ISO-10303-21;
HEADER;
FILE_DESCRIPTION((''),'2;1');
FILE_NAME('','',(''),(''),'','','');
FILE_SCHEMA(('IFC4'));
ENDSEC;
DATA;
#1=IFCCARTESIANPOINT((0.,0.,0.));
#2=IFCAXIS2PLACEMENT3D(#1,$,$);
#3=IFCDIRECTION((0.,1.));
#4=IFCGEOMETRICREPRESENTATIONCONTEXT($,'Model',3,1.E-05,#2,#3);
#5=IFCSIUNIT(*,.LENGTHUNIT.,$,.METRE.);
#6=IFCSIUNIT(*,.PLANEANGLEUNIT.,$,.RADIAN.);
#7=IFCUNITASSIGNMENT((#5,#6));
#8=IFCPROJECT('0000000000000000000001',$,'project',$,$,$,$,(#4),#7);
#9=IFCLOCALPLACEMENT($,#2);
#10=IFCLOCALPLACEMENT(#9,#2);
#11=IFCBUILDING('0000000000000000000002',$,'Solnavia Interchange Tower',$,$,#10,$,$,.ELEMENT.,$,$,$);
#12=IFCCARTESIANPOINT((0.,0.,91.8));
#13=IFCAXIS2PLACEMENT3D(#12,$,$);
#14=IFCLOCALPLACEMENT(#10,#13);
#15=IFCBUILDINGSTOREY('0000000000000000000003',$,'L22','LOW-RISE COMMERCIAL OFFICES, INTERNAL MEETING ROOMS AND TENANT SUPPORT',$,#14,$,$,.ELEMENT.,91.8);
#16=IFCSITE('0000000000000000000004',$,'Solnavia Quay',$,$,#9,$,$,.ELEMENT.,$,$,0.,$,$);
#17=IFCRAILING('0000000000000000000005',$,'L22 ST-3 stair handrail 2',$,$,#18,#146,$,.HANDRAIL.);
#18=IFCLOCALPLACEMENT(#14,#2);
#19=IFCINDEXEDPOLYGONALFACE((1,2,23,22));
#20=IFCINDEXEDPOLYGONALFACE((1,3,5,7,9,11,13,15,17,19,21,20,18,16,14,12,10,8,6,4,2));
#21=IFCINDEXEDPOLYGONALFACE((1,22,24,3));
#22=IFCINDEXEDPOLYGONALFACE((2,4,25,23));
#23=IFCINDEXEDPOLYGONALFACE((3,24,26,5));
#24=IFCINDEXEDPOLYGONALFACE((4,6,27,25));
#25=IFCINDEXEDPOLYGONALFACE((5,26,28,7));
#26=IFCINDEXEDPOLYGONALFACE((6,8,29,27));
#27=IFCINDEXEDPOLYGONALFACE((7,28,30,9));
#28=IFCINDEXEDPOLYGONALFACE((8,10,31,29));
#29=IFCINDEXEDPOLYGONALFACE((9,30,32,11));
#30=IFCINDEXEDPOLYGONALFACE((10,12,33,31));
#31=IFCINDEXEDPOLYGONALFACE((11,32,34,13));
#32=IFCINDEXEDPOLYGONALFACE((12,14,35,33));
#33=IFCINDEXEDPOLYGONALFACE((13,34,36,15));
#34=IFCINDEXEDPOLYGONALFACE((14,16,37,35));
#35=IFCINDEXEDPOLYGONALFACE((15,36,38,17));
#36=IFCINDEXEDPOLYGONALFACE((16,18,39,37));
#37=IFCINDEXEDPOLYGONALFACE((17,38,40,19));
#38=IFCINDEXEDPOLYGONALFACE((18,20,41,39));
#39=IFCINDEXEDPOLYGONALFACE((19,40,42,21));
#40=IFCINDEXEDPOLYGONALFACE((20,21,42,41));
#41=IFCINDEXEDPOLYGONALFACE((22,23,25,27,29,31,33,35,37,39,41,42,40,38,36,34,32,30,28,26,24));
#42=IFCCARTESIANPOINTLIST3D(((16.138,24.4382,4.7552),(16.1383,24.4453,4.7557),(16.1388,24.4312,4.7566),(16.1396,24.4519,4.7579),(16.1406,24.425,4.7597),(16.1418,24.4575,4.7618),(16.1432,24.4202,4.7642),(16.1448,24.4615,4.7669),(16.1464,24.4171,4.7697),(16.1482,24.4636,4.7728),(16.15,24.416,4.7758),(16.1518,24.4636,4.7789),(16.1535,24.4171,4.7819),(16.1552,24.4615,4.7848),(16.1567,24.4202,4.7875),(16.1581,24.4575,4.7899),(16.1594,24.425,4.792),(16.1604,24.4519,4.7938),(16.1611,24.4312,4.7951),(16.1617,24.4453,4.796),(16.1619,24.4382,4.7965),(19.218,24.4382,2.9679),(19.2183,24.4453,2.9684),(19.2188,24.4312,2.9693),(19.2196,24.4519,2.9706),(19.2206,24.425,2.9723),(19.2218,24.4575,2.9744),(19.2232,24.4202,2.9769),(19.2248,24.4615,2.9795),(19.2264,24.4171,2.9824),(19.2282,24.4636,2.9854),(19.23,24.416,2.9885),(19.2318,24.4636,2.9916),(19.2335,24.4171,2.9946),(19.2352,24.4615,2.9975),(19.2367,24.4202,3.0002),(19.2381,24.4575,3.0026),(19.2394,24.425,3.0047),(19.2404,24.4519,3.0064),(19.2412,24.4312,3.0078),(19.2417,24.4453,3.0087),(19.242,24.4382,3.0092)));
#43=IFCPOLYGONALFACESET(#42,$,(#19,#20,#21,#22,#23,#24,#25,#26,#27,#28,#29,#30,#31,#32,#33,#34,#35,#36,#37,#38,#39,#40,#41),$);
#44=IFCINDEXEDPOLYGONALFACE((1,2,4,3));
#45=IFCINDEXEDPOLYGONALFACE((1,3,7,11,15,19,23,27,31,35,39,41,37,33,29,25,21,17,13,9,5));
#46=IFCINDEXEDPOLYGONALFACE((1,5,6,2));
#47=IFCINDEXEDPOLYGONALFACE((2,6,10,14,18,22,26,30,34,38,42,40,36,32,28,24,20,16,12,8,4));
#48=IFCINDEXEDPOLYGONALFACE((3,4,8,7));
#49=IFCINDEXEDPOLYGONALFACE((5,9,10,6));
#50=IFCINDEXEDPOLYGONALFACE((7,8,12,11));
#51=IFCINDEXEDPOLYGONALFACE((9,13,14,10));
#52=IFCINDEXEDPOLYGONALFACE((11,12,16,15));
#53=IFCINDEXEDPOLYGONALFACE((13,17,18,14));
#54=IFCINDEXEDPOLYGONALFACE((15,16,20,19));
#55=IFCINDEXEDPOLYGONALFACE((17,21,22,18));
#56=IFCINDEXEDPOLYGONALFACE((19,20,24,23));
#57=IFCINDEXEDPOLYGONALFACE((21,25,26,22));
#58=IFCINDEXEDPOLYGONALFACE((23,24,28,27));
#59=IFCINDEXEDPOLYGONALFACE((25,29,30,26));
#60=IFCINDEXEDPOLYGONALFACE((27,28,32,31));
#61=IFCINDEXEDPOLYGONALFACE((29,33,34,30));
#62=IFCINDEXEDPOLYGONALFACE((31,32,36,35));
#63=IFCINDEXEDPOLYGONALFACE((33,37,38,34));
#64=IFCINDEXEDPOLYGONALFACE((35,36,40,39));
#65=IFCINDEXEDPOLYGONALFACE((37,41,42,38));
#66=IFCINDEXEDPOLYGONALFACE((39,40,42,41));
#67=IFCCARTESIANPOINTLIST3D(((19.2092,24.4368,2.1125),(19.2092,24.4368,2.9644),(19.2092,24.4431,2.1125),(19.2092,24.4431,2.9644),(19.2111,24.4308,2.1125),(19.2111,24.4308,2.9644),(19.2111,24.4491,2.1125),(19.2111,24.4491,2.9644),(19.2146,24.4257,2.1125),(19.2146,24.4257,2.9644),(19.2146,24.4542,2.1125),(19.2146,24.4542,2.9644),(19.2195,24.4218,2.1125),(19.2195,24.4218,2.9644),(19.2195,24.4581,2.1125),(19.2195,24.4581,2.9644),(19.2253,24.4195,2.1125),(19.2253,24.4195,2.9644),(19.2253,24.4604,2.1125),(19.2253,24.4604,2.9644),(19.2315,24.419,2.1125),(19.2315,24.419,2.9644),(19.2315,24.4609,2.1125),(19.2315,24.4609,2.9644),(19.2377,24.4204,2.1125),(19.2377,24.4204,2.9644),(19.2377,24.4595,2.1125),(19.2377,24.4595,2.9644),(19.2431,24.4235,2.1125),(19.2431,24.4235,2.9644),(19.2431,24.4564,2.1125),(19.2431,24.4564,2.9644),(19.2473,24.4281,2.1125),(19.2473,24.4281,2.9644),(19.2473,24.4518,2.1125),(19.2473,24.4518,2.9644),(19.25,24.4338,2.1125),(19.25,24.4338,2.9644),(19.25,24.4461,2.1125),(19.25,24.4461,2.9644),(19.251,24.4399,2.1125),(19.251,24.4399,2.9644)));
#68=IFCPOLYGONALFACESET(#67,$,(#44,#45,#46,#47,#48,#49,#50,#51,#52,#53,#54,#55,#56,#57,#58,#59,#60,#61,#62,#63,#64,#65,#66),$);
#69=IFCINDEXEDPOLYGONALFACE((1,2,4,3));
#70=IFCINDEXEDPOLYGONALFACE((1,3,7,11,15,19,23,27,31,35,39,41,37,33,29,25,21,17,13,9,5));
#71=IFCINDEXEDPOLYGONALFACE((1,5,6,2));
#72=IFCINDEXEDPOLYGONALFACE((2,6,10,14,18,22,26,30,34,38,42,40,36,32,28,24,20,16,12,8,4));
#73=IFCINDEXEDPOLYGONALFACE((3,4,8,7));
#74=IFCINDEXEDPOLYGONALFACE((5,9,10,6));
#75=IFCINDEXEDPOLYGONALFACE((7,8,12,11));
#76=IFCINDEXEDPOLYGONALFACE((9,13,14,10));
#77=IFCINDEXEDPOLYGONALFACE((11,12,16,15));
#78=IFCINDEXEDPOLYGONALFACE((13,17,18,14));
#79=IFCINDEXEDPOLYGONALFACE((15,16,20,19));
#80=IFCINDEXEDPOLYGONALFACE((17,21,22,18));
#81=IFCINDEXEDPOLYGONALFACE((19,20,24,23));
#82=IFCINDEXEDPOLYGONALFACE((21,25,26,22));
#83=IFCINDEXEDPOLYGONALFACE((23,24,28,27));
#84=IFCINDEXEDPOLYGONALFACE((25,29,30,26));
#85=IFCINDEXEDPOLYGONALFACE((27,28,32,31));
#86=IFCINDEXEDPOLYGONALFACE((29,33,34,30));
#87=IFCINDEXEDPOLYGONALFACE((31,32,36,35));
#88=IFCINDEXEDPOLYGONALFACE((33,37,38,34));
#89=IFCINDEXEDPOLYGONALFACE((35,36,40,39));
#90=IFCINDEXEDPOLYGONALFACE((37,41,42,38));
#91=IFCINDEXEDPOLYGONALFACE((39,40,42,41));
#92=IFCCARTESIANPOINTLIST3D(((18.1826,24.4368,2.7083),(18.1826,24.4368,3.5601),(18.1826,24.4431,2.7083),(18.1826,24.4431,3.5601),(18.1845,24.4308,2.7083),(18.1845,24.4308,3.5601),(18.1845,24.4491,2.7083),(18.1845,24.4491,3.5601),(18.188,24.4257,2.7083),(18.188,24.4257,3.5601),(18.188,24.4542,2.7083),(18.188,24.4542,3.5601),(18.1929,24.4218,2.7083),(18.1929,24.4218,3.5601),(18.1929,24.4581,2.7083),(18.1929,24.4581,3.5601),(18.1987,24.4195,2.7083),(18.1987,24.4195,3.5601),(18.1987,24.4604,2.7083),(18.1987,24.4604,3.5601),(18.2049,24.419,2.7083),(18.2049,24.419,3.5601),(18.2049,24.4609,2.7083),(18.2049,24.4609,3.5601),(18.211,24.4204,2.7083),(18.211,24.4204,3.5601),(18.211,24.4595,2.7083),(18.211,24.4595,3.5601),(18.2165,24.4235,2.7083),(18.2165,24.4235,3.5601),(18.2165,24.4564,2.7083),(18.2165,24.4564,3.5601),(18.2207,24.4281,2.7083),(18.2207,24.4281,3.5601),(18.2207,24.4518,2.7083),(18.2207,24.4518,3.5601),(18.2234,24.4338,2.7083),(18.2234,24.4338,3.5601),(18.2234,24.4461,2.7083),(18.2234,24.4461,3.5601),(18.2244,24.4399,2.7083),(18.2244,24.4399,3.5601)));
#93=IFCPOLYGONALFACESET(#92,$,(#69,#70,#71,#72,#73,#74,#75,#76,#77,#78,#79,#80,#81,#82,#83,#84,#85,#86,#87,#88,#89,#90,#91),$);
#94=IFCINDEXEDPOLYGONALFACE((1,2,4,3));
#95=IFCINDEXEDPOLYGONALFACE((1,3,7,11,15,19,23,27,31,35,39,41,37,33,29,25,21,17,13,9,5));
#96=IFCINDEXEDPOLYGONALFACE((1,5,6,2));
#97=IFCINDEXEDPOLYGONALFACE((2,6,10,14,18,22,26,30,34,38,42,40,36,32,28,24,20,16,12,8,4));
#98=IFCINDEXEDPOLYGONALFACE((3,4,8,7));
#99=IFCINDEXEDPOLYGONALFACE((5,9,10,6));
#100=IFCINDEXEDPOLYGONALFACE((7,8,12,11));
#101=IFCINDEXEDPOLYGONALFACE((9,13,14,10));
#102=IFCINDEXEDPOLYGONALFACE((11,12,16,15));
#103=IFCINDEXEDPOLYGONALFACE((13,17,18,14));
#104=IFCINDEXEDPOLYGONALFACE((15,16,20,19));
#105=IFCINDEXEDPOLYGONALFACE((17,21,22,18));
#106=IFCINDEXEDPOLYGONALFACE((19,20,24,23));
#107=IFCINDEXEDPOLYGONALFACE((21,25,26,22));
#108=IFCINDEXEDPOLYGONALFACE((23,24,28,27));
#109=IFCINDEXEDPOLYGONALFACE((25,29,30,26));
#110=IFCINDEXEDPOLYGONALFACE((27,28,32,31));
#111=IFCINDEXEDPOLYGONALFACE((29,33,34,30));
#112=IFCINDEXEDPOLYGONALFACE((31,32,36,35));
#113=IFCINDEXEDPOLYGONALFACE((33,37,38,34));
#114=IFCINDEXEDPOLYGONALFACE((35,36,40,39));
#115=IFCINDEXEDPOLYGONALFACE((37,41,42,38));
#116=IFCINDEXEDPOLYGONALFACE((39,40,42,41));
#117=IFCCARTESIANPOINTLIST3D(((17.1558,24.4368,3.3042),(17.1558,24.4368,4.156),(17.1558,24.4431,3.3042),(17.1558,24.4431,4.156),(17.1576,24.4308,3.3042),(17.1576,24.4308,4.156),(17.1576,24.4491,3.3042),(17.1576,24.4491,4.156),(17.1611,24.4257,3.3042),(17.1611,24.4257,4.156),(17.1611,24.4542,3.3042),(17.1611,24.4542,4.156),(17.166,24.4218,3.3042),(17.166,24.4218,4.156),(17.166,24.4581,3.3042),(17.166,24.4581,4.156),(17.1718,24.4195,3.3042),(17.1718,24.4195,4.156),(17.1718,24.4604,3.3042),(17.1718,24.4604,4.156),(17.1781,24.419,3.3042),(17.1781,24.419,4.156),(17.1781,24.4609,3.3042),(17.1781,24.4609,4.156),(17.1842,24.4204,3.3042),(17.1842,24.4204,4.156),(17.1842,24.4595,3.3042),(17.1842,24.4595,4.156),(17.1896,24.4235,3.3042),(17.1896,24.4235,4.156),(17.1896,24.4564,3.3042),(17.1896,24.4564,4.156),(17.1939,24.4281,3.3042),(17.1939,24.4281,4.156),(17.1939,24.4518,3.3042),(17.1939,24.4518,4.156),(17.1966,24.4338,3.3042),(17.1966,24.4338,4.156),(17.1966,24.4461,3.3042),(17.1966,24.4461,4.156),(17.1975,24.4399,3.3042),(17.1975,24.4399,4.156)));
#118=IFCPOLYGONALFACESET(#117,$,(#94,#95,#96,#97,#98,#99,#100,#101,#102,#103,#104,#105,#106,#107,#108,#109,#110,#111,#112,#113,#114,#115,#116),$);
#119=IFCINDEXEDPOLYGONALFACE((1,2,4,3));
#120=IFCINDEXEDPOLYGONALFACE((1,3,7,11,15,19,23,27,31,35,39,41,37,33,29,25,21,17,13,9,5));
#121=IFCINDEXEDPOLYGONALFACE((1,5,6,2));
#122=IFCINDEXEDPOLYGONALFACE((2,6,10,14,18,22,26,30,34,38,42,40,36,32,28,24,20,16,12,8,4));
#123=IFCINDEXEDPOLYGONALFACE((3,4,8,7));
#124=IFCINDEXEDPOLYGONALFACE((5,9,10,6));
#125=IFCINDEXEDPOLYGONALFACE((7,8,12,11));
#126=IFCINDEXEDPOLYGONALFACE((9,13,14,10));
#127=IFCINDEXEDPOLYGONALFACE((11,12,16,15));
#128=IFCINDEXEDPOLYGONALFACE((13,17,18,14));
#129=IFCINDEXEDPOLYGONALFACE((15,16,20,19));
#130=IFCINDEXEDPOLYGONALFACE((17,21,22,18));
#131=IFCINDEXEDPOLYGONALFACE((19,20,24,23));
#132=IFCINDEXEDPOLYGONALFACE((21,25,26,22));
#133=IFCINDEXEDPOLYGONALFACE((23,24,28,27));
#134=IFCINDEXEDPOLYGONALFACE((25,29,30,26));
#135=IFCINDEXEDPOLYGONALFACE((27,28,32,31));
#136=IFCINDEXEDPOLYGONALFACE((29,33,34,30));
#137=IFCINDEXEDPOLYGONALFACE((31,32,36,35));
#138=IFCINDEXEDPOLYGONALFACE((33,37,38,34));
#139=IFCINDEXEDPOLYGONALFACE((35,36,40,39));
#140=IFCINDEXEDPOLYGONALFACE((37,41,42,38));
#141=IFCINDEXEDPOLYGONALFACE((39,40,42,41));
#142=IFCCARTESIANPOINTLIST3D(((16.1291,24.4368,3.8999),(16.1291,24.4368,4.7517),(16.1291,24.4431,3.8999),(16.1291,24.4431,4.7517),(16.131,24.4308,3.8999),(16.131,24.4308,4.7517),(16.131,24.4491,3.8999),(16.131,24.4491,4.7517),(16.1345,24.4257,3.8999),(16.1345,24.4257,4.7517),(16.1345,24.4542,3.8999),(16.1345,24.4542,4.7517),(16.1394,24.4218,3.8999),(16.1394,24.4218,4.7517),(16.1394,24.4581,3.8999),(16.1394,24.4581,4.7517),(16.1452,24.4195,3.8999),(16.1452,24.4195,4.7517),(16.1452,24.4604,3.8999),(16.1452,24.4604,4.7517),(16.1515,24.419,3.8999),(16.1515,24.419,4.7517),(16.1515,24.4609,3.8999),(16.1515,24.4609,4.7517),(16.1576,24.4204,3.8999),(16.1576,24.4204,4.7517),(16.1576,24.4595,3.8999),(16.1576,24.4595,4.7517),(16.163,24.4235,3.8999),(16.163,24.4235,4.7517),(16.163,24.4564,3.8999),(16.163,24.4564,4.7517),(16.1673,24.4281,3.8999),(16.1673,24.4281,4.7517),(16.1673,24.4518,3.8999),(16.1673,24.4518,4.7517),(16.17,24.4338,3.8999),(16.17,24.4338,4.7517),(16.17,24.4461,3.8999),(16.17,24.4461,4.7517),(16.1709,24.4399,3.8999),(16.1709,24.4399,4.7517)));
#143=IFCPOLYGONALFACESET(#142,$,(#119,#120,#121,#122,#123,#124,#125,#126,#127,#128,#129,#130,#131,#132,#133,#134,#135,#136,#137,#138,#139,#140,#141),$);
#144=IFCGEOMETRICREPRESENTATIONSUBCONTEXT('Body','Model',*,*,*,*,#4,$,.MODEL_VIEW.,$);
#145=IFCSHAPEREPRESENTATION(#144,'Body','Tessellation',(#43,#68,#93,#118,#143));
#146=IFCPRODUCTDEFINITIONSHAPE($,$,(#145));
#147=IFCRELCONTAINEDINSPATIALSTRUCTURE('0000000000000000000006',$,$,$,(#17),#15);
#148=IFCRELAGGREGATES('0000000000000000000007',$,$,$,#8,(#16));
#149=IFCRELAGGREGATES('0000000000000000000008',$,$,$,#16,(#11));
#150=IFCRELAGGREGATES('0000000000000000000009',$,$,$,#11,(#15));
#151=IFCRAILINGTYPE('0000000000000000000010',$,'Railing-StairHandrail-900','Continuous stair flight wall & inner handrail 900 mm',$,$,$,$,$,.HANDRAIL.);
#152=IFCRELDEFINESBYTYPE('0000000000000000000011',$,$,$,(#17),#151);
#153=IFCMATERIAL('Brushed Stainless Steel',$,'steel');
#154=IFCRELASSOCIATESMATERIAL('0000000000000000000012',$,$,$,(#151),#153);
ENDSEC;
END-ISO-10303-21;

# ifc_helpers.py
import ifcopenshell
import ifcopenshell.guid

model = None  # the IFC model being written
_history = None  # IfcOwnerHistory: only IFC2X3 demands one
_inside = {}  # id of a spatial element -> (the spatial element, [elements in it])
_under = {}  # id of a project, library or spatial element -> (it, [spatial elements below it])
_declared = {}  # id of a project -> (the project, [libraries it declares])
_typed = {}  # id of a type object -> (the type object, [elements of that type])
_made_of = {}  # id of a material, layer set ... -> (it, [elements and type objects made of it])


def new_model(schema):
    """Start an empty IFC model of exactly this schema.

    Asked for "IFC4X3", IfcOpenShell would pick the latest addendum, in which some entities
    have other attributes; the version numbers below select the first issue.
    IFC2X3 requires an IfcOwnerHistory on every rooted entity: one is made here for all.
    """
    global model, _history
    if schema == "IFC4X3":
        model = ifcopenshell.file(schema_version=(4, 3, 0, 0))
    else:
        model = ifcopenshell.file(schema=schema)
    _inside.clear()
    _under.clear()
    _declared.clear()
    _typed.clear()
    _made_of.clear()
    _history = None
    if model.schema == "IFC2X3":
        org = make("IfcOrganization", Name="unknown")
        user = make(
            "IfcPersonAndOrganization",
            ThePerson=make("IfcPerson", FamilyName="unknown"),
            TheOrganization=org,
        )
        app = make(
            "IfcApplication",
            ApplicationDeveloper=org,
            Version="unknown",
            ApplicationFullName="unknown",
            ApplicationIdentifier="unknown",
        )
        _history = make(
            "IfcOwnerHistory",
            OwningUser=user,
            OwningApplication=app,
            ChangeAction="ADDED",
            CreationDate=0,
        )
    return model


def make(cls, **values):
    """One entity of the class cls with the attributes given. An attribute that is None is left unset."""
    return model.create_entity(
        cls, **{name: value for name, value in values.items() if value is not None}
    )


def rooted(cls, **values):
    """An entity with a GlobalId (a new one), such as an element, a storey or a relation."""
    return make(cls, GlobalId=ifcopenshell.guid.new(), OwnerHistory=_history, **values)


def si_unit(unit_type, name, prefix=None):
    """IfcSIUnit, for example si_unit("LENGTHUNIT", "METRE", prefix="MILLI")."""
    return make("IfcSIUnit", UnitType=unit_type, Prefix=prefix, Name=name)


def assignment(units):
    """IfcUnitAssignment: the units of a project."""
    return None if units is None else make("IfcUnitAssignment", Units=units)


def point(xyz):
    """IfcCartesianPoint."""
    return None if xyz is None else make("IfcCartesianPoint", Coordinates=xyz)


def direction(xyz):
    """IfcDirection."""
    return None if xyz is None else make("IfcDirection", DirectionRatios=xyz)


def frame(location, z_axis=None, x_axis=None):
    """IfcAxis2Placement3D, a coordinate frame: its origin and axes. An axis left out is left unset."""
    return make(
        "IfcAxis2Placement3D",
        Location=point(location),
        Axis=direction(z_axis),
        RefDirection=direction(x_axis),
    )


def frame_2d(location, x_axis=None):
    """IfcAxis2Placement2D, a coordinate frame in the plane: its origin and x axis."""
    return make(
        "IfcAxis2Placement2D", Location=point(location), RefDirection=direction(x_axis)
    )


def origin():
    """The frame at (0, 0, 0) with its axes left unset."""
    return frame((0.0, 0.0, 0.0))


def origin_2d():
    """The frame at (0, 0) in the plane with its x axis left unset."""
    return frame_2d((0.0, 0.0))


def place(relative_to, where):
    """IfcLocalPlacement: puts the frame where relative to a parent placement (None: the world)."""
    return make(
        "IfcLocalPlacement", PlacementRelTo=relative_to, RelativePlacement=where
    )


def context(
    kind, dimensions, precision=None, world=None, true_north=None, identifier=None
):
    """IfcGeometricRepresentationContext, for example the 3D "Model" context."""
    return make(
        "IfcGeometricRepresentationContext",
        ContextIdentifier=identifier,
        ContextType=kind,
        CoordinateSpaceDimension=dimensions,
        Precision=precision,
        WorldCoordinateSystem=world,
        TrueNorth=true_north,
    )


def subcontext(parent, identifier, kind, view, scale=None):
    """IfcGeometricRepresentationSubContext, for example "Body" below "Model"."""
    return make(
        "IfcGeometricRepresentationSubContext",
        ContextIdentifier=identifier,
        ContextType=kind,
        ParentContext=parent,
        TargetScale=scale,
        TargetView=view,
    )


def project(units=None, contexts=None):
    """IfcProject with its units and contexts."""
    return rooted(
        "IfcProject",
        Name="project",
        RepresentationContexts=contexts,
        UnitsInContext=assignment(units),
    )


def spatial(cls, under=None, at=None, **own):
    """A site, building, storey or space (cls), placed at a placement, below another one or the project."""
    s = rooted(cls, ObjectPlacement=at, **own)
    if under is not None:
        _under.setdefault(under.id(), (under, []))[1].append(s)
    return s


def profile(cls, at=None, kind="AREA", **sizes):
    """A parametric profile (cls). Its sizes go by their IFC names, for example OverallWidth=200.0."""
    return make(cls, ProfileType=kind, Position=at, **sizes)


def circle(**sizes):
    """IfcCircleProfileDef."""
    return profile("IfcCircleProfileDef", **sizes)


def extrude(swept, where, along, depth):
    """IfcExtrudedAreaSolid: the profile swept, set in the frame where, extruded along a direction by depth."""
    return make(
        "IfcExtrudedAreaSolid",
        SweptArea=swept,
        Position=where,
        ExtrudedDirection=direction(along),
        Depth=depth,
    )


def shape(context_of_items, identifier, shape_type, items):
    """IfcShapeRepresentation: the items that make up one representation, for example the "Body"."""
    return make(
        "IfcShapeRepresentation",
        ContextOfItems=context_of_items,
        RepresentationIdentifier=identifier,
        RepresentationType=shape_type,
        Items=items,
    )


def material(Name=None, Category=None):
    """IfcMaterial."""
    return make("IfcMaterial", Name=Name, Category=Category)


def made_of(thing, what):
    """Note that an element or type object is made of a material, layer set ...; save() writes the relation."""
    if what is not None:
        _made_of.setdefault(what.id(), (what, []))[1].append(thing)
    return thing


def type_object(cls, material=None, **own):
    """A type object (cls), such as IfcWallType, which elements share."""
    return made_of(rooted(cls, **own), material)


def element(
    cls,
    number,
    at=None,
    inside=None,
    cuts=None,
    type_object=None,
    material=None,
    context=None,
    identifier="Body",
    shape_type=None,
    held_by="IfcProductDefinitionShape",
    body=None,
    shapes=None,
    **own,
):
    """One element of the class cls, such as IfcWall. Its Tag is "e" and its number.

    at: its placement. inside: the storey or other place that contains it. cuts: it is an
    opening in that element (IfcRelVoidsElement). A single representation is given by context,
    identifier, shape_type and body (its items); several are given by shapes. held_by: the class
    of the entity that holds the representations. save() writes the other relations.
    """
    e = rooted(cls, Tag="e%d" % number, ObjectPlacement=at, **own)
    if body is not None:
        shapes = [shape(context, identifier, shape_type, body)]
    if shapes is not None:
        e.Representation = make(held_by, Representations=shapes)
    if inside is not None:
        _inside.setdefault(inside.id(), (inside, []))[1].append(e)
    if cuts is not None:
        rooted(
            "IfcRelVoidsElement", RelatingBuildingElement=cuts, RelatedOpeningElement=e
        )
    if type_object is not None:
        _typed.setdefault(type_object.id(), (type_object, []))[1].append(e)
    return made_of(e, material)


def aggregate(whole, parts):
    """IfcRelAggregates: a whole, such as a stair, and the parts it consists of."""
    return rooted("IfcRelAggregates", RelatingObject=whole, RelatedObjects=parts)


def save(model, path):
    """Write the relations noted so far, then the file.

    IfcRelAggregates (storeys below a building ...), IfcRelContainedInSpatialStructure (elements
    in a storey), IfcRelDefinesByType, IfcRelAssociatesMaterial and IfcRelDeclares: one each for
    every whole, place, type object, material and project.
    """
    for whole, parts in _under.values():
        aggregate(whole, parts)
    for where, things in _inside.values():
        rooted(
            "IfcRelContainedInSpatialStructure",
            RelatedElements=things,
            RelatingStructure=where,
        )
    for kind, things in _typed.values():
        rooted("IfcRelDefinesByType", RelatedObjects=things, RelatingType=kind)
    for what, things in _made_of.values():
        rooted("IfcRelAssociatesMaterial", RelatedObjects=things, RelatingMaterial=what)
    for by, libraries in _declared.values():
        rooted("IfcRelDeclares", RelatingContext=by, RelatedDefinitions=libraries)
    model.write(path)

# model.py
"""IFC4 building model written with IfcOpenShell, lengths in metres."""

from ifc_helpers import new_model, si_unit, direction, frame, origin, origin_2d, place, context, subcontext, project, spatial, circle, extrude, material, type_object, element, save


model = new_model("IFC4")

# Units and contexts
model_context = context("Model", 3, precision=1e-05, world=origin(), true_north=direction((0.0, 1.0)))
body_context = subcontext(model_context, "Body", "Model", "MODEL_VIEW")
ifc_project = project(units=[si_unit("LENGTHUNIT", "METRE"), si_unit("PLANEANGLEUNIT", "RADIAN")], contexts=[model_context])

# Site, building, storey
site_placement = place(None, origin())
site = spatial("IfcSite", under=ifc_project, at=site_placement, Name="Solnavia Quay", CompositionType="ELEMENT", RefElevation=0.0)
building_placement = place(site_placement, origin())
building = spatial("IfcBuilding", under=site, at=building_placement, Name="Solnavia Interchange Tower", CompositionType="ELEMENT")
storey_placement = place(building_placement, frame((0.0, 0.0, 91.8)))
storey = spatial("IfcBuildingStorey", under=building, at=storey_placement, Name="L22", Description="LOW-RISE COMMERCIAL OFFICES, INTERNAL MEETING ROOMS AND TENANT SUPPORT", CompositionType="ELEMENT", Elevation=91.8)

# Railing
ifc_material_1 = material(Name="Brushed Stainless Steel", Category="steel")
railing_type_1 = type_object("IfcRailingType", Name="Railing-StairHandrail-900", Description="Continuous stair flight wall & inner handrail 900 mm", PredefinedType="HANDRAIL", material=ifc_material_1)
railing_1_placement = place(storey_placement, frame((19.23, 24.4399, 2.1125)))
element("IfcRailing", 1, at=railing_1_placement, inside=storey, type_object=railing_type_1, Name="L22 ST-3 stair handrail 2", PredefinedType="HANDRAIL", context=body_context, shape_type="SweptSolid", body=[
    extrude(circle(Radius=0.0239, at=origin_2d()), frame((0.0, 0.0, 0.876), z_axis=(-0.86492, 0.0, 0.501909), x_axis=(0.0, -1.0, 0.0)), (0.0, 0.0, 1.0), 3.561),
    extrude(circle(Radius=0.021, at=origin_2d()), origin(), (0.0, 0.0, 1.0), 0.8518),
    extrude(circle(Radius=0.021, at=origin_2d()), frame((-1.0266, 0.0, 0.5957)), (0.0, 0.0, 1.0), 0.8518),
    extrude(circle(Radius=0.021, at=origin_2d()), frame((-2.0535, 0.0, 1.1917)), (0.0, 0.0, 1.0), 0.8518),
    extrude(circle(Radius=0.021, at=origin_2d()), frame((-3.0801, 0.0, 1.7874)), (0.0, 0.0, 1.0), 0.8518),
])

save(model, "model.ifc")
